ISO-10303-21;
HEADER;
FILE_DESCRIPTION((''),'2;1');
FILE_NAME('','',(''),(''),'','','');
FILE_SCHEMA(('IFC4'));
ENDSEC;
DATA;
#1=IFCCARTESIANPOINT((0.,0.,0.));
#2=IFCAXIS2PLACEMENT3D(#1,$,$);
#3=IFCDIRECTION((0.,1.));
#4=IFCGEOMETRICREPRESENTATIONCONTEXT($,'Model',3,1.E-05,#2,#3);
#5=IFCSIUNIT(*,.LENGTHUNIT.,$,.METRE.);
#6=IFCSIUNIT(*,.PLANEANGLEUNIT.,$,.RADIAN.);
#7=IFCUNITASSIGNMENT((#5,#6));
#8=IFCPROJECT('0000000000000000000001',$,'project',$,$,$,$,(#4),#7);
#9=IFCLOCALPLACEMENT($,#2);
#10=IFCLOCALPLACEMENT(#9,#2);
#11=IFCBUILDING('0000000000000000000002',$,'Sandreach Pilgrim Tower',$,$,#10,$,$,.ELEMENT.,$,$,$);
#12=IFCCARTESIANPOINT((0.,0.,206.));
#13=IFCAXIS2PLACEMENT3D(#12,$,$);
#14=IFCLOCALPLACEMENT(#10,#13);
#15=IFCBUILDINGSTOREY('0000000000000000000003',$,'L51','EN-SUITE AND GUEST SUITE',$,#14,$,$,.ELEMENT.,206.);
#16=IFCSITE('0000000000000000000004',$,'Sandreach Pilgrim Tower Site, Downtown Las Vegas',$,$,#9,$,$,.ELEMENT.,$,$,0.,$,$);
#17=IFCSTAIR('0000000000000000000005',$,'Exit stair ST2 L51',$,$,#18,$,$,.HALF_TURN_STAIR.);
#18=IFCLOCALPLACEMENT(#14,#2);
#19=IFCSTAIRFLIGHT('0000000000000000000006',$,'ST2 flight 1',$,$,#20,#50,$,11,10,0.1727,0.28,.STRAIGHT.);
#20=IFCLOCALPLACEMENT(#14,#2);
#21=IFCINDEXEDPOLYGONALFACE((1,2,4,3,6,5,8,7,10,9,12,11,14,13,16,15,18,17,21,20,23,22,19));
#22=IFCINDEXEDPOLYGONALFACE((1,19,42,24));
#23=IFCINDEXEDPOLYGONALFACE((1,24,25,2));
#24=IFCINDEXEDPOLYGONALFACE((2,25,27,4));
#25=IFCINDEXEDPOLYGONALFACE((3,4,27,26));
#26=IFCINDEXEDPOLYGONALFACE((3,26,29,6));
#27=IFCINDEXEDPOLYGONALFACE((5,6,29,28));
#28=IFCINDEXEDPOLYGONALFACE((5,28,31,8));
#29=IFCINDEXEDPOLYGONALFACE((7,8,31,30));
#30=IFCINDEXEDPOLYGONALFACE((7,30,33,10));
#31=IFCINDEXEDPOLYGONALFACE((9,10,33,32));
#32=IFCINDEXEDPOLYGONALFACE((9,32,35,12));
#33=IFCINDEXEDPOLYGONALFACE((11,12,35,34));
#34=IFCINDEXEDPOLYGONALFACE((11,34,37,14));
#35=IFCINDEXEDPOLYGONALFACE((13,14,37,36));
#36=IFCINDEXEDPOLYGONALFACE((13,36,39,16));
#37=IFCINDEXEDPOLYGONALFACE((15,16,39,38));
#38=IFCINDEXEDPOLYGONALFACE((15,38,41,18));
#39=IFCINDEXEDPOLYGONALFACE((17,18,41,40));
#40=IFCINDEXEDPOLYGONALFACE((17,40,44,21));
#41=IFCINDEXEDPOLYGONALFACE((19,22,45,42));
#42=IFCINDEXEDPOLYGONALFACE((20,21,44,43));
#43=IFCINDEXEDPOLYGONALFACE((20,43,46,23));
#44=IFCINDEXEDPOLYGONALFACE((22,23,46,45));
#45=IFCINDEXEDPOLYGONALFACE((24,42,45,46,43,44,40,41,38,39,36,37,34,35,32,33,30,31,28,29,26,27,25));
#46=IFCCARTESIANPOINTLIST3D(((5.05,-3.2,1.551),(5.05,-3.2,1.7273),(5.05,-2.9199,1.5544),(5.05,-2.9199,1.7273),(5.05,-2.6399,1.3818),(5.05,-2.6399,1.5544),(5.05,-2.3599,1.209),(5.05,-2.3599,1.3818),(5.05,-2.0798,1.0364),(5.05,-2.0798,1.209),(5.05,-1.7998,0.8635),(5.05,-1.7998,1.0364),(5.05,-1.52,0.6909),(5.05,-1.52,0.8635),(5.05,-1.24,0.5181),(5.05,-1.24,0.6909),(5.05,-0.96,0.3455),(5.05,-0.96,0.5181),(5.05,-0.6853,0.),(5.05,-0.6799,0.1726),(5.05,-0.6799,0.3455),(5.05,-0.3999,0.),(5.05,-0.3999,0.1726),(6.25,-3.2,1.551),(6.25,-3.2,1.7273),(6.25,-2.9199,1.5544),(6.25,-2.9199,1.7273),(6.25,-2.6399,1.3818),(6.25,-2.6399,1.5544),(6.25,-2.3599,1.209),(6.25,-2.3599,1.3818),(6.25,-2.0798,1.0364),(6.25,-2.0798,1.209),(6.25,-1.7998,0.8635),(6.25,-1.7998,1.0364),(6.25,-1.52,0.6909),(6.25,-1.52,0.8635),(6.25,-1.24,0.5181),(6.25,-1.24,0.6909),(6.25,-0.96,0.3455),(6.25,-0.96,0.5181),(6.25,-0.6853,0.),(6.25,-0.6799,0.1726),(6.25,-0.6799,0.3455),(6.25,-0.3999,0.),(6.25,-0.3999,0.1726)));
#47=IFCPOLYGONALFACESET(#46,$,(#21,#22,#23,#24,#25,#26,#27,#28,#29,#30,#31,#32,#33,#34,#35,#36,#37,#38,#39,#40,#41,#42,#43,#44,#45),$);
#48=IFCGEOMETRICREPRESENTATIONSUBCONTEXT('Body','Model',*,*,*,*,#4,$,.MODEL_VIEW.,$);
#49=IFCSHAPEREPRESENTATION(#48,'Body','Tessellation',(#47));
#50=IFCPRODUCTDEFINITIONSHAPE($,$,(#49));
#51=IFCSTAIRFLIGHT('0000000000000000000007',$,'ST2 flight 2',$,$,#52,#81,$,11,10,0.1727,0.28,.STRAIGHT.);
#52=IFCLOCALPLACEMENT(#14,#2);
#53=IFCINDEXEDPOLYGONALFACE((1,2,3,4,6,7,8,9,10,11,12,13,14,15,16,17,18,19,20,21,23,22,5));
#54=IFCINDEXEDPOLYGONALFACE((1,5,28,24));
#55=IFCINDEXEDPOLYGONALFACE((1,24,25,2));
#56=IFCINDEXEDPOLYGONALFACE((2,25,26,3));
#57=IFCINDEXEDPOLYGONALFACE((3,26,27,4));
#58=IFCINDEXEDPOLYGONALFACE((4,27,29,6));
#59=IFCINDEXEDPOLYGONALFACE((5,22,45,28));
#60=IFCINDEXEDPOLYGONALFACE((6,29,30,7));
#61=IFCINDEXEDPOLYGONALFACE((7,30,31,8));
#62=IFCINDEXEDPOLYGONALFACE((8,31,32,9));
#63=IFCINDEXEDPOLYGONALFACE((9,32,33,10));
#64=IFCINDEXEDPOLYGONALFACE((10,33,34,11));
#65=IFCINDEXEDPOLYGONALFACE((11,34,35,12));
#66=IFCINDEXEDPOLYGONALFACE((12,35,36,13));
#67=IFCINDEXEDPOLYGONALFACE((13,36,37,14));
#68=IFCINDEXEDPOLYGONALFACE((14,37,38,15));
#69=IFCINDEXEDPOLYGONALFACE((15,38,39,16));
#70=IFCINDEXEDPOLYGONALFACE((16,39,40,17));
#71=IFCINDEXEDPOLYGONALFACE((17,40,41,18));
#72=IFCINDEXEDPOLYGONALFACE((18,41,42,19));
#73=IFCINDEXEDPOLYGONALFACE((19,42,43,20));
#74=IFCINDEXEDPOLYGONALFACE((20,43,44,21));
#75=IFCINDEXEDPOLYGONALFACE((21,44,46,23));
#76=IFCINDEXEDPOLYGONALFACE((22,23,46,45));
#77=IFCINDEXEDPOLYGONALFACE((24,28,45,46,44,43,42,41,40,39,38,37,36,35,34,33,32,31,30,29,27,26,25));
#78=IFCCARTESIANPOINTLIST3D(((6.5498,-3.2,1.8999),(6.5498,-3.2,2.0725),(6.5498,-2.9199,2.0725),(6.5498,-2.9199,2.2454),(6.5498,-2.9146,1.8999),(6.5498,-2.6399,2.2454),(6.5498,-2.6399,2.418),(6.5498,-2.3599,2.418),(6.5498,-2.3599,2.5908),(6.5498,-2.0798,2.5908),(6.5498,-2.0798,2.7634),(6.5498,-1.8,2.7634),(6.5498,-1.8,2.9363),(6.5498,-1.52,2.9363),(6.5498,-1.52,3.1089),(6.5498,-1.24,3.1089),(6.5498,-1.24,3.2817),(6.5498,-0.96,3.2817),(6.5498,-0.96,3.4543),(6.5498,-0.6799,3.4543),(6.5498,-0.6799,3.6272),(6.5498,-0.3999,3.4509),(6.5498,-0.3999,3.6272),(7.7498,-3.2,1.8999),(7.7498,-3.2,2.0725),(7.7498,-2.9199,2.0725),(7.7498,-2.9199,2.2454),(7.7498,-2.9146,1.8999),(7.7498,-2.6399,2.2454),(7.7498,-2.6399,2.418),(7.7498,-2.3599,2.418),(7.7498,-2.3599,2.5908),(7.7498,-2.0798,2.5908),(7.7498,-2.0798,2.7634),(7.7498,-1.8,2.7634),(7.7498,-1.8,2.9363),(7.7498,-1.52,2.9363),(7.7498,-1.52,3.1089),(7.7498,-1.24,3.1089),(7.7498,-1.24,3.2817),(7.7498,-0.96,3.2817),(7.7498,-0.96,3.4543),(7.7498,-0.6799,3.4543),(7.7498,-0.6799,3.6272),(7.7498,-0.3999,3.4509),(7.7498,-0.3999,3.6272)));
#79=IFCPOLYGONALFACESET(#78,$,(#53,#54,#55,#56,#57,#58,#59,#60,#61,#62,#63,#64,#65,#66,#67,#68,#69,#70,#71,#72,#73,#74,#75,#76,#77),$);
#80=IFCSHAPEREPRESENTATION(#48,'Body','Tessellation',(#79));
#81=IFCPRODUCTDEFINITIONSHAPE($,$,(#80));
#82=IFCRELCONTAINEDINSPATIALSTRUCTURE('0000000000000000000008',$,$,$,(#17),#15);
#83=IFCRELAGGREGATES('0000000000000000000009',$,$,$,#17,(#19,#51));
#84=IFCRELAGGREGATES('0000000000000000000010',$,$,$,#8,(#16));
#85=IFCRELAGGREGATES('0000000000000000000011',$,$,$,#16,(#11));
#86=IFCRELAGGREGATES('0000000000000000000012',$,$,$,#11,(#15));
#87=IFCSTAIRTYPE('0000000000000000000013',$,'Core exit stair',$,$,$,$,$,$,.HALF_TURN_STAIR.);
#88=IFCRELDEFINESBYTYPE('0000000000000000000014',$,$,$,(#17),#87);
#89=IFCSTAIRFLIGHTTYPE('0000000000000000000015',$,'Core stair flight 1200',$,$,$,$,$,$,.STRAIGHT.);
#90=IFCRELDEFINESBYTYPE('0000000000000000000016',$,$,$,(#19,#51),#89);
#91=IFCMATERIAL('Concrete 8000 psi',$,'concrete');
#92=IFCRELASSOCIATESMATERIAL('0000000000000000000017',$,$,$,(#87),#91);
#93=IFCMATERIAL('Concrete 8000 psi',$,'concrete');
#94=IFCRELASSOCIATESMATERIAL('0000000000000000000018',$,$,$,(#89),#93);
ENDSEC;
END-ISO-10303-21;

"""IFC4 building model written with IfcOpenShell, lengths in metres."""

from ifc_helpers import new_model, si_unit, direction, frame, origin, place, context, subcontext, project, spatial, polyline, outline, extrude, material, type_object, element, aggregate, save


model = new_model("IFC4")

# Units and contexts
model_context = context("Model", 3, precision=1e-05, world=origin(), true_north=direction((0.0, 1.0)))
body_context = subcontext(model_context, "Body", "Model", "MODEL_VIEW")
ifc_project = project(units=[si_unit("LENGTHUNIT", "METRE"), si_unit("PLANEANGLEUNIT", "RADIAN")], contexts=[model_context])

# Site, building, storey
site_placement = place(None, origin())
site = spatial("IfcSite", under=ifc_project, at=site_placement, Name="Sandreach Pilgrim Tower Site, Downtown Las Vegas", CompositionType="ELEMENT", RefElevation=0.0)
building_placement = place(site_placement, origin())
building = spatial("IfcBuilding", under=site, at=building_placement, Name="Sandreach Pilgrim Tower", CompositionType="ELEMENT")
storey_placement = place(building_placement, frame((0.0, 0.0, 206.0)))
storey = spatial("IfcBuildingStorey", under=building, at=storey_placement, Name="L51", Description="EN-SUITE AND GUEST SUITE", CompositionType="ELEMENT", Elevation=206.0)

# Shared definitions
ifc_material_1 = material(Name="Concrete 8000 psi", Category="concrete")
stair_type = type_object("IfcStairType", Name="Core exit stair", PredefinedType="HALF_TURN_STAIR", material=ifc_material_1)

# Shared definitions
ifc_material_2 = material(Name="Concrete 8000 psi", Category="concrete")
stair_flight_type = type_object("IfcStairFlightType", Name="Core stair flight 1200", PredefinedType="STRAIGHT", material=ifc_material_2)

# Stair, stair flights
stair_1_placement = place(storey_placement, origin())
stair_1 = element("IfcStair", 1, at=stair_1_placement, inside=storey, type_object=stair_type, Name="Exit stair ST2 L51", PredefinedType="HALF_TURN_STAIR")
stair_flight_1_placement = place(storey_placement, frame((5.6499, -0.3999, 0.0), z_axis=(0.0, 0.0, 1.0), x_axis=(0.0, -1.0, 0.0)))
stair_flight_1 = element("IfcStairFlight", 2, at=stair_flight_1_placement, type_object=stair_flight_type, Name="ST2 flight 1", NumberOfRisers=11, NumberOfTreads=10, PredefinedType="STRAIGHT", RiserHeight=0.1727, TreadLength=0.28, context=body_context, shape_type="SweptSolid", body=[
    extrude(outline(polyline([(0.0, 0.0), (0.0, 0.1726), (0.28, 0.1726), (0.28, 0.3455), (0.5601, 0.3455), (0.5601, 0.5181), (0.8401, 0.5181), (0.8401, 0.6909), (1.1201, 0.6909), (1.1201, 0.8635), (1.3999, 0.8635), (1.3999, 1.0364), (1.6799, 1.0364), (1.6799, 1.209), (1.96, 1.209), (1.96, 1.3818), (2.24, 1.3818), (2.24, 1.5544), (2.52, 1.5544), (2.52, 1.7273), (2.8, 1.7273), (2.8, 1.8999), (2.8, 1.551), (0.2854, 0.0), (0.0, 0.0)])), frame((0.0, 0.6001, 0.0), z_axis=(0.0, -1.0, 0.0), x_axis=(1.0, 0.0, 0.0)), (0.0, 0.0, 1.0), 1.2),
])
stair_flight_2_placement = place(storey_placement, frame((7.1499, -3.2, 1.8999), z_axis=(0.0, 0.0, 1.0), x_axis=(0.0, 1.0, 0.0)))
stair_flight_2 = element("IfcStairFlight", 3, at=stair_flight_2_placement, type_object=stair_flight_type, Name="ST2 flight 2", NumberOfRisers=11, NumberOfTreads=10, PredefinedType="STRAIGHT", RiserHeight=0.1727, TreadLength=0.28, context=body_context, shape_type="SweptSolid", body=[
    extrude(outline(polyline([(0.0, 0.0), (0.0, 0.1726), (0.28, 0.1726), (0.28, 0.3455), (0.5601, 0.3455), (0.5601, 0.5181), (0.8401, 0.5181), (0.8401, 0.6909), (1.1201, 0.6909), (1.1201, 0.8635), (1.3999, 0.8635), (1.3999, 1.0364), (1.6799, 1.0364), (1.6799, 1.209), (1.96, 1.209), (1.96, 1.3818), (2.24, 1.3818), (2.24, 1.5544), (2.52, 1.5544), (2.52, 1.7273), (2.8, 1.7273), (2.8, 1.8999), (2.8, 1.551), (0.2854, 0.0), (0.0, 0.0)])), frame((0.0, 0.6001, 0.0), z_axis=(0.0, -1.0, 0.0), x_axis=(1.0, 0.0, 0.0)), (0.0, 0.0, 1.0), 1.2),
])
aggregate(stair_1, [stair_flight_1, stair_flight_2])

save(model, "model.ifc")
